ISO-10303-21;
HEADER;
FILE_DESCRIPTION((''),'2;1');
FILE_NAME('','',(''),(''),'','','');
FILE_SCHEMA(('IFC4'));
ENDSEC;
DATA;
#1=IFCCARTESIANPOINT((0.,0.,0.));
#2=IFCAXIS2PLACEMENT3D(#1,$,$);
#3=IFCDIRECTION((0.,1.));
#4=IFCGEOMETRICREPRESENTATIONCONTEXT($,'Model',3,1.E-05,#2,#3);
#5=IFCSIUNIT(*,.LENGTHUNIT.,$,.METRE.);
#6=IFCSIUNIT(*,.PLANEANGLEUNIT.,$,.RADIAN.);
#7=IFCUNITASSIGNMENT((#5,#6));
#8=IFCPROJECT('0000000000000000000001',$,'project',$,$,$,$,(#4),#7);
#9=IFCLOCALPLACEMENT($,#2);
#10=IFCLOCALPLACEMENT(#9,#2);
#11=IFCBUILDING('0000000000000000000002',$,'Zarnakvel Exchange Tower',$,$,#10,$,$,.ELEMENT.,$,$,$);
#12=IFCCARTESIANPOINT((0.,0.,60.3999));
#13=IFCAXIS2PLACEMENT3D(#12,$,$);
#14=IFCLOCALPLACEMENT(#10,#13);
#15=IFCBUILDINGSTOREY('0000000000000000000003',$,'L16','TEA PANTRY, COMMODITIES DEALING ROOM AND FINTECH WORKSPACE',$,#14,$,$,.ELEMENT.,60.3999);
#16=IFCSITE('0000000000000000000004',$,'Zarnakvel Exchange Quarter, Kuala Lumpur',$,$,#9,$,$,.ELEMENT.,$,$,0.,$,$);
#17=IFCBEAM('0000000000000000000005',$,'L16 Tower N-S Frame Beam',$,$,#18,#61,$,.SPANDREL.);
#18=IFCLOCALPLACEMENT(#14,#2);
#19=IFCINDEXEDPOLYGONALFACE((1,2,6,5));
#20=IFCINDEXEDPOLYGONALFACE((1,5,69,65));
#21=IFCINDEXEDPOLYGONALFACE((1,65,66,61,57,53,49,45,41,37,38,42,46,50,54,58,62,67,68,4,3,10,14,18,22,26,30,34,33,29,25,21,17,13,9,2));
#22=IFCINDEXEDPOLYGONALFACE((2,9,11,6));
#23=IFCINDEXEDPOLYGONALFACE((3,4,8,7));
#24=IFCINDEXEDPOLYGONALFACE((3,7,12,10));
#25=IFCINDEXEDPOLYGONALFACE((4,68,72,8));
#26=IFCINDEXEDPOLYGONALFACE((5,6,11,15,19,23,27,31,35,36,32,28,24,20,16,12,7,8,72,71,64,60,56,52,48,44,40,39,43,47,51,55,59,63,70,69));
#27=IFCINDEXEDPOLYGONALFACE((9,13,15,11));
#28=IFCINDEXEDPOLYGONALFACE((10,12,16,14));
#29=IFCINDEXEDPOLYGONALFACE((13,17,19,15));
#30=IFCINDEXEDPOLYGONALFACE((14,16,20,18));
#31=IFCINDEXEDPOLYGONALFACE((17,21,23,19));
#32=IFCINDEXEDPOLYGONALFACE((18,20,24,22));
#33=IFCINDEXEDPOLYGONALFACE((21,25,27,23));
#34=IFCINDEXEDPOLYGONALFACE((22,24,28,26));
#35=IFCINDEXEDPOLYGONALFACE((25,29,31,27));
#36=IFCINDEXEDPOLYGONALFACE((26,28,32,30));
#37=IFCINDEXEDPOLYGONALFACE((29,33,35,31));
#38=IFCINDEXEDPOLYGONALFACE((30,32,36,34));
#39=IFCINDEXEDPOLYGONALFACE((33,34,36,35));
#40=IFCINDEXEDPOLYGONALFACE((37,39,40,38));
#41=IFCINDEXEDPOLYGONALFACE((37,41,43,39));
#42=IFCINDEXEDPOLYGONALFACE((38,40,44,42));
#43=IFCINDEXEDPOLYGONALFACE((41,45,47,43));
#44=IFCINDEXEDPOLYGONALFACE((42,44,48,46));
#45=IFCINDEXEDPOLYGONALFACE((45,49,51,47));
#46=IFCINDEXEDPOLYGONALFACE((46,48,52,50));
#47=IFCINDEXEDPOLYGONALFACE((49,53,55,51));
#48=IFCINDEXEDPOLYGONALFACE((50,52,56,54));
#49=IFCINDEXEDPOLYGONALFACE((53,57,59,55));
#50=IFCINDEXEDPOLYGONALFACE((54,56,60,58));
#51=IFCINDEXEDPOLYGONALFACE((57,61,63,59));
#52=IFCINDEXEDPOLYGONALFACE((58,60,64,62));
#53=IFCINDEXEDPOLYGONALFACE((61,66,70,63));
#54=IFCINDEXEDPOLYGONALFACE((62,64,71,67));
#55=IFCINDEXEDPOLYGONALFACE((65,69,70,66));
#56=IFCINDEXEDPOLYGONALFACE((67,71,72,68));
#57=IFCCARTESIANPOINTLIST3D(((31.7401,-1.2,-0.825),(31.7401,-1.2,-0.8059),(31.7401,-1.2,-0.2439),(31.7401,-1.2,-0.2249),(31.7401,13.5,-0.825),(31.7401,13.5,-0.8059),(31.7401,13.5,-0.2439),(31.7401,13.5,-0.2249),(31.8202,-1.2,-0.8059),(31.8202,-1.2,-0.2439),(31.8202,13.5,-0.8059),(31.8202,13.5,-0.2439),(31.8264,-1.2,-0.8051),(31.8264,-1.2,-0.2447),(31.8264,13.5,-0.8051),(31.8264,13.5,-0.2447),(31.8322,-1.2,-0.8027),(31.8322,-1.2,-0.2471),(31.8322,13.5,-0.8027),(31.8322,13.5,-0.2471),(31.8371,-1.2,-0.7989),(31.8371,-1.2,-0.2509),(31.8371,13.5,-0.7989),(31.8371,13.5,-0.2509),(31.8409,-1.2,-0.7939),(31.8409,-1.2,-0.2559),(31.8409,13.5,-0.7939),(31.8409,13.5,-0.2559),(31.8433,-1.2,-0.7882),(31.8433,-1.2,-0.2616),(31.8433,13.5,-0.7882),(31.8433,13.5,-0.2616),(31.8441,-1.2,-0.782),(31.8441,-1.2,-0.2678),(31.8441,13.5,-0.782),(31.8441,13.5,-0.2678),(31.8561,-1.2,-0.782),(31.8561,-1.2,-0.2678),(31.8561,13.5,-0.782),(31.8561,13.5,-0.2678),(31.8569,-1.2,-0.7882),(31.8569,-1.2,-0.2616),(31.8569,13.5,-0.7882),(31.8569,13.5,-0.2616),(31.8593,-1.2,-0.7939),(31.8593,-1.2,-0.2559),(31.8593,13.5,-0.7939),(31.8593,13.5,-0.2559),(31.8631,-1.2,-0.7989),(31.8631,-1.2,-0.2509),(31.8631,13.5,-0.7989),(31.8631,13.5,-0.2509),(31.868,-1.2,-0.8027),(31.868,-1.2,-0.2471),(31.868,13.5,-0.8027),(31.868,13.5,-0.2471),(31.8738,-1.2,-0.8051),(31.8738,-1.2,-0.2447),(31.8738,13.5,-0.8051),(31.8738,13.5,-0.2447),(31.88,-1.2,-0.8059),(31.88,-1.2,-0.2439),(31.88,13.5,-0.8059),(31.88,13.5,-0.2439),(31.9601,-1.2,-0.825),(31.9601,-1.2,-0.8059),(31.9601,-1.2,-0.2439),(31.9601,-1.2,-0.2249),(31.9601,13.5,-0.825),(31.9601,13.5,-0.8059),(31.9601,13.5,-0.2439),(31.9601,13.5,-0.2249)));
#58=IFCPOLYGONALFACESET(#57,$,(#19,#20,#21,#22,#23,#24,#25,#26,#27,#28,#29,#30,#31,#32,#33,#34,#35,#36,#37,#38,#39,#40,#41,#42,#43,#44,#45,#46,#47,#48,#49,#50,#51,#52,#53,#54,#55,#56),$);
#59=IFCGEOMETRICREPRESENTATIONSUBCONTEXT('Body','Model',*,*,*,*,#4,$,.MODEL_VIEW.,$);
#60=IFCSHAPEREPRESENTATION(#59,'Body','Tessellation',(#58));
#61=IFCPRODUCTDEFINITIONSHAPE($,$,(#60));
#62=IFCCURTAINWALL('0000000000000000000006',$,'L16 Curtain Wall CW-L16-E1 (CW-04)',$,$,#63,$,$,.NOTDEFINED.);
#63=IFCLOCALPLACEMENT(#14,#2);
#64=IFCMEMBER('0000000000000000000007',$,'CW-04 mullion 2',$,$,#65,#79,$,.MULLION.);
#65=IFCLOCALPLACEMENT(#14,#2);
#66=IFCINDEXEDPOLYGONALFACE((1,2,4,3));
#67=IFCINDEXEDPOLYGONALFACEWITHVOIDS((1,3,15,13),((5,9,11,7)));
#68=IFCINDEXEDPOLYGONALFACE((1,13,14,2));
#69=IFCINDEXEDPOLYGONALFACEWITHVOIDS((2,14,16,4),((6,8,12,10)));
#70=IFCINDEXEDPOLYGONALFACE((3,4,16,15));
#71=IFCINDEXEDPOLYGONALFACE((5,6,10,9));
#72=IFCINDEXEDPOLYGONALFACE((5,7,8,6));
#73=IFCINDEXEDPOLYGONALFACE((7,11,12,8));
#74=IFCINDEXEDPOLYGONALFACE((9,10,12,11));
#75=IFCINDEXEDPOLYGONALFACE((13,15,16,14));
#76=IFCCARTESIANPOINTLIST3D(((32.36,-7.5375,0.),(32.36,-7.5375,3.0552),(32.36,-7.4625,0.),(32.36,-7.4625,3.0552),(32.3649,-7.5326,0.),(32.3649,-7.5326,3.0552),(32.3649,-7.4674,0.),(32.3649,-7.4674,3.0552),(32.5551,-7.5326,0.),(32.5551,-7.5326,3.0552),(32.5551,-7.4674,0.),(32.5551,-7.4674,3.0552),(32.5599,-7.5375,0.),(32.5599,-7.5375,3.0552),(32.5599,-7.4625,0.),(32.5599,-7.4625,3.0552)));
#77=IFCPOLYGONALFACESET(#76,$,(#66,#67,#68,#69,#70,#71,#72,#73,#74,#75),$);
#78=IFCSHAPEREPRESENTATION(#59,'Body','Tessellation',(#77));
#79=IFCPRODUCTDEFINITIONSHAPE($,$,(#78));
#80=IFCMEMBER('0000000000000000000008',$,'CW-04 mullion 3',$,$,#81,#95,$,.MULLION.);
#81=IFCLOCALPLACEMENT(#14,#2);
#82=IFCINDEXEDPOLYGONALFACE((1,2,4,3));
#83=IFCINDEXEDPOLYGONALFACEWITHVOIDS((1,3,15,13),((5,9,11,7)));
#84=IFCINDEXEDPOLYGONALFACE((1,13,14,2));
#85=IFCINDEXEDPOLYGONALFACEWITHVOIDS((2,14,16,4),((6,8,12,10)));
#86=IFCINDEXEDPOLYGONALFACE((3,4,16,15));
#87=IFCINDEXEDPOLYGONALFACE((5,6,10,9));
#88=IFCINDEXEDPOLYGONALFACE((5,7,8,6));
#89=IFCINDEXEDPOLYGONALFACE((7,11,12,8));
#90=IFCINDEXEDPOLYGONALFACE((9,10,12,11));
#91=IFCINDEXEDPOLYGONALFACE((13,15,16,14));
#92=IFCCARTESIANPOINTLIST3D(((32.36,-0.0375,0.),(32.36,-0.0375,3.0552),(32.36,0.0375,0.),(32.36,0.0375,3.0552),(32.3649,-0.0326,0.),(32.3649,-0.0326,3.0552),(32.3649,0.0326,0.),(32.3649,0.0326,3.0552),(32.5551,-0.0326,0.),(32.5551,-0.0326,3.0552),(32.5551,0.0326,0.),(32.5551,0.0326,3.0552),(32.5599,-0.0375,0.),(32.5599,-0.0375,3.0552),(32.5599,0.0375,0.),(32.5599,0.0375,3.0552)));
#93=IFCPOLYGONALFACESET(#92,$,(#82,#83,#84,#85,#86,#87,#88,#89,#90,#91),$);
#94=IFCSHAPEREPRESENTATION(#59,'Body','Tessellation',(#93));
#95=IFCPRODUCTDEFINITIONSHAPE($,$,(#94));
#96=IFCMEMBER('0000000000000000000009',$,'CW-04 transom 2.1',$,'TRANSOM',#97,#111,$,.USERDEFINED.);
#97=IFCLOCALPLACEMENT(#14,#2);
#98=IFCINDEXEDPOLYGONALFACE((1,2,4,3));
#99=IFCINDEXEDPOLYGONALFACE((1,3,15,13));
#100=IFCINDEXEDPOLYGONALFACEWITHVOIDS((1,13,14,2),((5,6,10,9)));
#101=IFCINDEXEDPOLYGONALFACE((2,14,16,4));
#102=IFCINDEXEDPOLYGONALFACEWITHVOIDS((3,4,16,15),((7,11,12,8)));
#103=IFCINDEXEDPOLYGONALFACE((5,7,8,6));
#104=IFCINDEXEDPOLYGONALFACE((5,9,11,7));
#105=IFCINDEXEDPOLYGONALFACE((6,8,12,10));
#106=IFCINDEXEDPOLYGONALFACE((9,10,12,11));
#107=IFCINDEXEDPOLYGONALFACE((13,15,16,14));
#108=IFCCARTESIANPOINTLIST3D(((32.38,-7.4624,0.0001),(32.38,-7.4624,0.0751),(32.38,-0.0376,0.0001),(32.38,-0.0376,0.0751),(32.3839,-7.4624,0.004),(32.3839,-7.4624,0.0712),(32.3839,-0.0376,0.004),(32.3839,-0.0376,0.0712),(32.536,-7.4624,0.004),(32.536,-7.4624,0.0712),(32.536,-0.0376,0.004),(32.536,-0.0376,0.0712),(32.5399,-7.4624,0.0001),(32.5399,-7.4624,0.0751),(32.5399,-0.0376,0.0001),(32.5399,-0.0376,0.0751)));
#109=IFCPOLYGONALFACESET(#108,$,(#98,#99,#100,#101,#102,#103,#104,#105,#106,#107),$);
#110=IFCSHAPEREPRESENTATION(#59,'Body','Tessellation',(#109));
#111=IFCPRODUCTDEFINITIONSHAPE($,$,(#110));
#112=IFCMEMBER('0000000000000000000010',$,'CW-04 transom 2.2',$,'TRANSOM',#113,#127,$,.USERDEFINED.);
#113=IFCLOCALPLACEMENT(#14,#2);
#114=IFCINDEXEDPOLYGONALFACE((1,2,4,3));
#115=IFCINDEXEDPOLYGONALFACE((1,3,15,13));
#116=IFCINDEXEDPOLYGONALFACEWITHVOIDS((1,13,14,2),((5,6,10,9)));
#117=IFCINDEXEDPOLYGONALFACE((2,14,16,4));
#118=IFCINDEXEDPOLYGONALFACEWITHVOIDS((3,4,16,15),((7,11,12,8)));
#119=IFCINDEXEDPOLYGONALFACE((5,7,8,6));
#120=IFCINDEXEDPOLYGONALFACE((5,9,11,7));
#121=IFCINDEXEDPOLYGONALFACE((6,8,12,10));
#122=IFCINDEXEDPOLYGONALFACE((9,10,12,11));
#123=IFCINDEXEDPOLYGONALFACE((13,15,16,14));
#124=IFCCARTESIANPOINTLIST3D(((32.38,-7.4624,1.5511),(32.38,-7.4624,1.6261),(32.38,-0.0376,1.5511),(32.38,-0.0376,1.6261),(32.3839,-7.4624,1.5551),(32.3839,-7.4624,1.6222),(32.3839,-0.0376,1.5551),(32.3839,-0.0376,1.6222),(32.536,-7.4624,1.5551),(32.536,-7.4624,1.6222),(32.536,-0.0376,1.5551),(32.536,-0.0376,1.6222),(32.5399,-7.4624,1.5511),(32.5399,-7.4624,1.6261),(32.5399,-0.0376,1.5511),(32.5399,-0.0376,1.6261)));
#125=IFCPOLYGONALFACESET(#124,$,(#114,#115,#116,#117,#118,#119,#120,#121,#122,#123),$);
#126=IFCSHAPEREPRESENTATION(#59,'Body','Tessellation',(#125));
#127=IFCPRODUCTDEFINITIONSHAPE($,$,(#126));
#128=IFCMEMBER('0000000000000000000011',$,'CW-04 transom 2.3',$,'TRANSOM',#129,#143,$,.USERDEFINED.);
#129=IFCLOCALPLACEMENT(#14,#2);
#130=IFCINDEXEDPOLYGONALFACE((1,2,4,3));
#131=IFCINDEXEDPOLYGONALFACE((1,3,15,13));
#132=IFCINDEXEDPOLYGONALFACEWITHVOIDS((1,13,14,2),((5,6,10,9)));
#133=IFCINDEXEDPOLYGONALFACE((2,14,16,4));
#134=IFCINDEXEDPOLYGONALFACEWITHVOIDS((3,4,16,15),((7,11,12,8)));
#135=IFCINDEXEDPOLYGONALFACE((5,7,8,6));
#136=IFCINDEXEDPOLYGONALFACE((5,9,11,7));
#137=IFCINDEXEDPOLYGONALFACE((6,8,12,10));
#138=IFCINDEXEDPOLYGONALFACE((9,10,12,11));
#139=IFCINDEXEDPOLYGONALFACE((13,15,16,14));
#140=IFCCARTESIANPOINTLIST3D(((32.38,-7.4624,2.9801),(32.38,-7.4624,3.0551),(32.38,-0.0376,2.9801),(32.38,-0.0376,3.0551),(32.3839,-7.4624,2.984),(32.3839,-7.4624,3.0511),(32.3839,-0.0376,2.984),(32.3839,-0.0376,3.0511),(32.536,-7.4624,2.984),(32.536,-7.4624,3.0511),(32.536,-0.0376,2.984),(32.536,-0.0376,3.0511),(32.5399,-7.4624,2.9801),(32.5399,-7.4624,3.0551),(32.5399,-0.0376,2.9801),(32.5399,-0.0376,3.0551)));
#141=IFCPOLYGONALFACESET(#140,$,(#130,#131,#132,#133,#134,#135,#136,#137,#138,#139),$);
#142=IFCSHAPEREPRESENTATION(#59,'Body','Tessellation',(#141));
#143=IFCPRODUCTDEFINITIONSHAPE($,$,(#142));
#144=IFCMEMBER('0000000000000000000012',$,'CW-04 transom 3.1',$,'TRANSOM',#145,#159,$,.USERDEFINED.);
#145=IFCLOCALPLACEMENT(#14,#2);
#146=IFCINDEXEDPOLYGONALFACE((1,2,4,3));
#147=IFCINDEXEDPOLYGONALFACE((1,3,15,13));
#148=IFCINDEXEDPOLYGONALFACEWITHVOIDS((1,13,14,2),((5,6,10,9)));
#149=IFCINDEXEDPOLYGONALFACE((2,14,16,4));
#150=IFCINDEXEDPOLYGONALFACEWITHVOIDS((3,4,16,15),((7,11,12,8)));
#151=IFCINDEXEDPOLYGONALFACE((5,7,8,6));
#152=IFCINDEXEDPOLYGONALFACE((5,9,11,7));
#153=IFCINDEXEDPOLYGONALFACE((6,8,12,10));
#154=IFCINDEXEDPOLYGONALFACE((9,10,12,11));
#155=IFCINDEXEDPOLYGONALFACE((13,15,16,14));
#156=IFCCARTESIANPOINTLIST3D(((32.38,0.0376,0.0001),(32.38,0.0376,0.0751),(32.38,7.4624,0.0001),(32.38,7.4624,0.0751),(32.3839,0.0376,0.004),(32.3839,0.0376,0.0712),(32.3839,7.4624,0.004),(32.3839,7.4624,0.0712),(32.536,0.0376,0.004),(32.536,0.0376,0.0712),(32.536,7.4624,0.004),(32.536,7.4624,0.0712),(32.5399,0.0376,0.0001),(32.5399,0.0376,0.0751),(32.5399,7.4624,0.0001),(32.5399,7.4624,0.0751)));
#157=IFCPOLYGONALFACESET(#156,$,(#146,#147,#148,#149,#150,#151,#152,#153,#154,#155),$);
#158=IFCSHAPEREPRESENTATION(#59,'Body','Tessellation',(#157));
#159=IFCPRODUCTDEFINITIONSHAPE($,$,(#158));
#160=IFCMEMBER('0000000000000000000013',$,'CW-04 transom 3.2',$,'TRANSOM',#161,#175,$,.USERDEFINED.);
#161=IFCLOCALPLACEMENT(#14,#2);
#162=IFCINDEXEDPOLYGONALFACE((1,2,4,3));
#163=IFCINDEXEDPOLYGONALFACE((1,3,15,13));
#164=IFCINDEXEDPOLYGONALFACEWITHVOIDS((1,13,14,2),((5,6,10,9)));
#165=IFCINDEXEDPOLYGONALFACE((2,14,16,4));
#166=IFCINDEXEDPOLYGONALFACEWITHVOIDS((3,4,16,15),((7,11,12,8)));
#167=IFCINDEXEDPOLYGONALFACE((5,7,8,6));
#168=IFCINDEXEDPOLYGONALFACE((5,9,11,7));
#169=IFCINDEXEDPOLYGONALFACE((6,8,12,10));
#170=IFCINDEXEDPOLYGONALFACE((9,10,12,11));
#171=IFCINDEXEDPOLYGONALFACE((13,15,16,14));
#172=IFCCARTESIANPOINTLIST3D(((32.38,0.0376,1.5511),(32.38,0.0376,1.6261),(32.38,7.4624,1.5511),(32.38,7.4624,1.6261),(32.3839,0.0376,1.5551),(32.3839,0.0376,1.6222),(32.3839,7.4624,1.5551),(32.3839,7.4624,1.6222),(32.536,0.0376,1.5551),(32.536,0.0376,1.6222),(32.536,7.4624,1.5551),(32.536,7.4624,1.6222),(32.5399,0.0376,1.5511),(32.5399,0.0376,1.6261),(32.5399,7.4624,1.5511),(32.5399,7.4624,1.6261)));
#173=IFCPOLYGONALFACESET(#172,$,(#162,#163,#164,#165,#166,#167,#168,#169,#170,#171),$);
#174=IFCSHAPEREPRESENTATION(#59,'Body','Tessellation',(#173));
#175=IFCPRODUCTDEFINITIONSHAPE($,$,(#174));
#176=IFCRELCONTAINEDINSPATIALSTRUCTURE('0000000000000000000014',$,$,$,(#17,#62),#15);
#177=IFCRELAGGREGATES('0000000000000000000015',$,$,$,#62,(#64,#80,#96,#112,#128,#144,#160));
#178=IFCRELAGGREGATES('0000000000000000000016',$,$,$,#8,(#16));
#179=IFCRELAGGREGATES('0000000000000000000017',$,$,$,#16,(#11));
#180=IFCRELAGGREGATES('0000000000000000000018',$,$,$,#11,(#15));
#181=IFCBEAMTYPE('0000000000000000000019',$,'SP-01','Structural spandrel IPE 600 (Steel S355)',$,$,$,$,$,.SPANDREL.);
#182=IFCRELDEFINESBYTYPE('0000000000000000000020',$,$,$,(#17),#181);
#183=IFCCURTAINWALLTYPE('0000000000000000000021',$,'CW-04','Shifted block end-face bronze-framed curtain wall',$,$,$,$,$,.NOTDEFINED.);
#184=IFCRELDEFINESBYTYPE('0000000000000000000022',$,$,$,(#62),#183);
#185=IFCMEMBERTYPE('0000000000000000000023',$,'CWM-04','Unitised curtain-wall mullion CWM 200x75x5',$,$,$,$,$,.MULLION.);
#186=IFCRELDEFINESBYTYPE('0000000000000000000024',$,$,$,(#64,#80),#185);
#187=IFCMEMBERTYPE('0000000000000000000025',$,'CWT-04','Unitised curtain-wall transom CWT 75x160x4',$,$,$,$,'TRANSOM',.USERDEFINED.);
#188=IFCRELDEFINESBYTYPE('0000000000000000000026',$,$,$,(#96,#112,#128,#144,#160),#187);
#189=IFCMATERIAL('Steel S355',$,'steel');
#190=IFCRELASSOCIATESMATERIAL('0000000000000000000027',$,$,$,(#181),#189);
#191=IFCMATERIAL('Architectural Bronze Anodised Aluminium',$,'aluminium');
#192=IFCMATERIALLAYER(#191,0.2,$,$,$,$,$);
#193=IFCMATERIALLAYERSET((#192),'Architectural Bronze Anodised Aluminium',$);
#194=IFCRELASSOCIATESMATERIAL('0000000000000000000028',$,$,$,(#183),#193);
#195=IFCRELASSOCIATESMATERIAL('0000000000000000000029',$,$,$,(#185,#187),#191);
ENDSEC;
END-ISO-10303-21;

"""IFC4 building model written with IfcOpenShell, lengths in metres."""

from ifc_helpers import new_model, si_unit, direction, frame, origin, origin_2d, place, context, subcontext, project, spatial, hollow_rectangle, i_section, extrude, source, transform, mapped, material, layer, layer_set, material_profile, profile_set, type_object, element, aggregate, save


model = new_model("IFC4")

# Units and contexts
model_context = context("Model", 3, precision=1e-05, world=origin(), true_north=direction((0.0, 1.0)))
body_context = subcontext(model_context, "Body", "Model", "MODEL_VIEW")
ifc_project = project(units=[si_unit("LENGTHUNIT", "METRE"), si_unit("PLANEANGLEUNIT", "RADIAN")], contexts=[model_context])

# Site, building, storey
site_placement = place(None, origin())
site = spatial("IfcSite", under=ifc_project, at=site_placement, Name="Zarnakvel Exchange Quarter, Kuala Lumpur", CompositionType="ELEMENT", RefElevation=0.0)
building_placement = place(site_placement, origin())
building = spatial("IfcBuilding", under=site, at=building_placement, Name="Zarnakvel Exchange Tower", CompositionType="ELEMENT")
storey_placement = place(building_placement, frame((0.0, 0.0, 60.3999)))
storey = spatial("IfcBuildingStorey", under=building, at=storey_placement, Name="L16", Description="TEA PANTRY, COMMODITIES DEALING ROOM AND FINTECH WORKSPACE", CompositionType="ELEMENT", Elevation=60.3999)

# Shared definitions
ifc_material_1 = material(Name="Steel S355", Category="steel")

# Beam
ifc_material_profile_1 = material_profile(ifc_material_1, i_section(OverallWidth=0.22, OverallDepth=0.6001, WebThickness=0.012, FlangeThickness=0.019, FilletRadius=0.0239, at=origin_2d()))
ifc_profile_set_1 = profile_set([ifc_material_profile_1], Name="Steel S355")
beam_type_1 = type_object("IfcBeamType", Name="SP-01", Description="Structural spandrel IPE 600 (Steel S355)", PredefinedType="SPANDREL", material=ifc_profile_set_1)
beam_1_placement = place(storey_placement, frame((31.8501, -1.2, -0.5249), z_axis=(0.0, 1.0, 0.0), x_axis=(-1.0, 0.0, 0.0)))
element("IfcBeam", 1, at=beam_1_placement, inside=storey, type_object=beam_type_1, Name="L16 Tower N-S Frame Beam", PredefinedType="SPANDREL", context=body_context, shape_type="SweptSolid", body=[
    extrude(i_section(OverallWidth=0.22, OverallDepth=0.6001, WebThickness=0.012, FlangeThickness=0.019, FilletRadius=0.0239, at=origin_2d()), origin(), (0.0, 0.0, 1.0), 14.7),
])

# Curtain wall, members
ifc_material_2 = material(Name="Architectural Bronze Anodised Aluminium", Category="aluminium")
ifc_layer_1 = layer(ifc_material_2, 0.2)
ifc_layer_set_1 = layer_set([ifc_layer_1], Name="Architectural Bronze Anodised Aluminium")
curtain_wall_type = type_object("IfcCurtainWallType", Name="CW-04", Description="Shifted block end-face bronze-framed curtain wall", PredefinedType="NOTDEFINED", material=ifc_layer_set_1)
curtain_wall_placement = place(storey_placement, origin())
curtain_wall = element("IfcCurtainWall", 2, at=curtain_wall_placement, inside=storey, type_object=curtain_wall_type, Name="L16 Curtain Wall CW-L16-E1 (CW-04)", PredefinedType="NOTDEFINED")
ifc_material_profile_2 = material_profile(ifc_material_2, hollow_rectangle(XDim=0.2, YDim=0.075, WallThickness=0.0049, at=origin_2d()))
ifc_profile_set_2 = profile_set([ifc_material_profile_2], Name="Architectural Bronze Anodised Aluminium")
member_type_1 = type_object("IfcMemberType", Name="CWM-04", Description="Unitised curtain-wall mullion CWM 200x75x5", PredefinedType="MULLION", material=ifc_profile_set_2)
shared_shape_1 = source(origin(), body_context, "Body", "SweptSolid", [
    extrude(hollow_rectangle(XDim=0.2, YDim=0.075, WallThickness=0.0049, at=origin_2d()), origin(), (0.0, 0.0, 1.0), 3.0552),
])
member_1_placement = place(storey_placement, frame((32.46, -7.5, 0.0), z_axis=(0.0, 0.0, 1.0), x_axis=(-1.0, 0.0, 0.0)))
member_1 = element("IfcMember", 3, at=member_1_placement, type_object=member_type_1, Name="CW-04 mullion 2", PredefinedType="MULLION", context=body_context, shape_type="MappedRepresentation", body=[
    mapped(shared_shape_1, transform((0.0, 0.0, 0.0), x_axis=(1.0, 0.0, 0.0), y_axis=(0.0, 1.0, 0.0), z_axis=(0.0, 0.0, 1.0), scale=1.0)),
])
member_2_placement = place(storey_placement, frame((32.46, 0.0, 0.0), z_axis=(0.0, 0.0, 1.0), x_axis=(-1.0, 0.0, 0.0)))
member_2 = element("IfcMember", 4, at=member_2_placement, type_object=member_type_1, Name="CW-04 mullion 3", PredefinedType="MULLION", context=body_context, shape_type="MappedRepresentation", body=[
    mapped(shared_shape_1, transform((0.0, 0.0, 0.0), x_axis=(1.0, 0.0, 0.0), y_axis=(0.0, 1.0, 0.0), z_axis=(0.0, 0.0, 1.0), scale=1.0)),
])
ifc_material_profile_3 = material_profile(ifc_material_2, hollow_rectangle(XDim=0.1599, YDim=0.075, WallThickness=0.0039, at=origin_2d()))
ifc_profile_set_3 = profile_set([ifc_material_profile_3], Name="Architectural Bronze Anodised Aluminium")
member_type_2 = type_object("IfcMemberType", Name="CWT-04", Description="Unitised curtain-wall transom CWT 75x160x4", ElementType="TRANSOM", PredefinedType="USERDEFINED", material=ifc_profile_set_3)
shared_shape_2 = source(origin(), body_context, "Body", "SweptSolid", [
    extrude(hollow_rectangle(XDim=0.1599, YDim=0.075, WallThickness=0.0039, at=origin_2d()), origin(), (0.0, 0.0, 1.0), 7.4248),
])
member_3_placement = place(storey_placement, frame((32.46, -7.4624, 0.0376), z_axis=(0.0, 1.0, 0.0), x_axis=(-1.0, 0.0, 0.0)))
member_3 = element("IfcMember", 5, at=member_3_placement, type_object=member_type_2, Name="CW-04 transom 2.1", ObjectType="TRANSOM", PredefinedType="USERDEFINED", context=body_context, shape_type="MappedRepresentation", body=[
    mapped(shared_shape_2, transform((0.0, 0.0, 0.0), x_axis=(1.0, 0.0, 0.0), y_axis=(0.0, 1.0, 0.0), z_axis=(0.0, 0.0, 1.0), scale=1.0)),
])
member_4_placement = place(storey_placement, frame((32.46, -7.4624, 1.5886), z_axis=(0.0, 1.0, 0.0), x_axis=(-1.0, 0.0, 0.0)))
member_4 = element("IfcMember", 6, at=member_4_placement, type_object=member_type_2, Name="CW-04 transom 2.2", ObjectType="TRANSOM", PredefinedType="USERDEFINED", context=body_context, shape_type="MappedRepresentation", body=[
    mapped(shared_shape_2, transform((0.0, 0.0, 0.0), x_axis=(1.0, 0.0, 0.0), y_axis=(0.0, 1.0, 0.0), z_axis=(0.0, 0.0, 1.0), scale=1.0)),
])
member_5_placement = place(storey_placement, frame((32.46, -7.4624, 3.0176), z_axis=(0.0, 1.0, 0.0), x_axis=(-1.0, 0.0, 0.0)))
member_5 = element("IfcMember", 7, at=member_5_placement, type_object=member_type_2, Name="CW-04 transom 2.3", ObjectType="TRANSOM", PredefinedType="USERDEFINED", context=body_context, shape_type="MappedRepresentation", body=[
    mapped(shared_shape_2, transform((0.0, 0.0, 0.0), x_axis=(1.0, 0.0, 0.0), y_axis=(0.0, 1.0, 0.0), z_axis=(0.0, 0.0, 1.0), scale=1.0)),
])
member_6_placement = place(storey_placement, frame((32.46, 0.0376, 0.0376), z_axis=(0.0, 1.0, 0.0), x_axis=(-1.0, 0.0, 0.0)))
member_6 = element("IfcMember", 8, at=member_6_placement, type_object=member_type_2, Name="CW-04 transom 3.1", ObjectType="TRANSOM", PredefinedType="USERDEFINED", context=body_context, shape_type="MappedRepresentation", body=[
    mapped(shared_shape_2, transform((0.0, 0.0, 0.0), x_axis=(1.0, 0.0, 0.0), y_axis=(0.0, 1.0, 0.0), z_axis=(0.0, 0.0, 1.0), scale=1.0)),
])
member_7_placement = place(storey_placement, frame((32.46, 0.0376, 1.5886), z_axis=(0.0, 1.0, 0.0), x_axis=(-1.0, 0.0, 0.0)))
member_7 = element("IfcMember", 9, at=member_7_placement, type_object=member_type_2, Name="CW-04 transom 3.2", ObjectType="TRANSOM", PredefinedType="USERDEFINED", context=body_context, shape_type="MappedRepresentation", body=[
    mapped(shared_shape_2, transform((0.0, 0.0, 0.0), x_axis=(1.0, 0.0, 0.0), y_axis=(0.0, 1.0, 0.0), z_axis=(0.0, 0.0, 1.0), scale=1.0)),
])
aggregate(curtain_wall, [member_1, member_2, member_3, member_4, member_5, member_6, member_7])

save(model, "model.ifc")
